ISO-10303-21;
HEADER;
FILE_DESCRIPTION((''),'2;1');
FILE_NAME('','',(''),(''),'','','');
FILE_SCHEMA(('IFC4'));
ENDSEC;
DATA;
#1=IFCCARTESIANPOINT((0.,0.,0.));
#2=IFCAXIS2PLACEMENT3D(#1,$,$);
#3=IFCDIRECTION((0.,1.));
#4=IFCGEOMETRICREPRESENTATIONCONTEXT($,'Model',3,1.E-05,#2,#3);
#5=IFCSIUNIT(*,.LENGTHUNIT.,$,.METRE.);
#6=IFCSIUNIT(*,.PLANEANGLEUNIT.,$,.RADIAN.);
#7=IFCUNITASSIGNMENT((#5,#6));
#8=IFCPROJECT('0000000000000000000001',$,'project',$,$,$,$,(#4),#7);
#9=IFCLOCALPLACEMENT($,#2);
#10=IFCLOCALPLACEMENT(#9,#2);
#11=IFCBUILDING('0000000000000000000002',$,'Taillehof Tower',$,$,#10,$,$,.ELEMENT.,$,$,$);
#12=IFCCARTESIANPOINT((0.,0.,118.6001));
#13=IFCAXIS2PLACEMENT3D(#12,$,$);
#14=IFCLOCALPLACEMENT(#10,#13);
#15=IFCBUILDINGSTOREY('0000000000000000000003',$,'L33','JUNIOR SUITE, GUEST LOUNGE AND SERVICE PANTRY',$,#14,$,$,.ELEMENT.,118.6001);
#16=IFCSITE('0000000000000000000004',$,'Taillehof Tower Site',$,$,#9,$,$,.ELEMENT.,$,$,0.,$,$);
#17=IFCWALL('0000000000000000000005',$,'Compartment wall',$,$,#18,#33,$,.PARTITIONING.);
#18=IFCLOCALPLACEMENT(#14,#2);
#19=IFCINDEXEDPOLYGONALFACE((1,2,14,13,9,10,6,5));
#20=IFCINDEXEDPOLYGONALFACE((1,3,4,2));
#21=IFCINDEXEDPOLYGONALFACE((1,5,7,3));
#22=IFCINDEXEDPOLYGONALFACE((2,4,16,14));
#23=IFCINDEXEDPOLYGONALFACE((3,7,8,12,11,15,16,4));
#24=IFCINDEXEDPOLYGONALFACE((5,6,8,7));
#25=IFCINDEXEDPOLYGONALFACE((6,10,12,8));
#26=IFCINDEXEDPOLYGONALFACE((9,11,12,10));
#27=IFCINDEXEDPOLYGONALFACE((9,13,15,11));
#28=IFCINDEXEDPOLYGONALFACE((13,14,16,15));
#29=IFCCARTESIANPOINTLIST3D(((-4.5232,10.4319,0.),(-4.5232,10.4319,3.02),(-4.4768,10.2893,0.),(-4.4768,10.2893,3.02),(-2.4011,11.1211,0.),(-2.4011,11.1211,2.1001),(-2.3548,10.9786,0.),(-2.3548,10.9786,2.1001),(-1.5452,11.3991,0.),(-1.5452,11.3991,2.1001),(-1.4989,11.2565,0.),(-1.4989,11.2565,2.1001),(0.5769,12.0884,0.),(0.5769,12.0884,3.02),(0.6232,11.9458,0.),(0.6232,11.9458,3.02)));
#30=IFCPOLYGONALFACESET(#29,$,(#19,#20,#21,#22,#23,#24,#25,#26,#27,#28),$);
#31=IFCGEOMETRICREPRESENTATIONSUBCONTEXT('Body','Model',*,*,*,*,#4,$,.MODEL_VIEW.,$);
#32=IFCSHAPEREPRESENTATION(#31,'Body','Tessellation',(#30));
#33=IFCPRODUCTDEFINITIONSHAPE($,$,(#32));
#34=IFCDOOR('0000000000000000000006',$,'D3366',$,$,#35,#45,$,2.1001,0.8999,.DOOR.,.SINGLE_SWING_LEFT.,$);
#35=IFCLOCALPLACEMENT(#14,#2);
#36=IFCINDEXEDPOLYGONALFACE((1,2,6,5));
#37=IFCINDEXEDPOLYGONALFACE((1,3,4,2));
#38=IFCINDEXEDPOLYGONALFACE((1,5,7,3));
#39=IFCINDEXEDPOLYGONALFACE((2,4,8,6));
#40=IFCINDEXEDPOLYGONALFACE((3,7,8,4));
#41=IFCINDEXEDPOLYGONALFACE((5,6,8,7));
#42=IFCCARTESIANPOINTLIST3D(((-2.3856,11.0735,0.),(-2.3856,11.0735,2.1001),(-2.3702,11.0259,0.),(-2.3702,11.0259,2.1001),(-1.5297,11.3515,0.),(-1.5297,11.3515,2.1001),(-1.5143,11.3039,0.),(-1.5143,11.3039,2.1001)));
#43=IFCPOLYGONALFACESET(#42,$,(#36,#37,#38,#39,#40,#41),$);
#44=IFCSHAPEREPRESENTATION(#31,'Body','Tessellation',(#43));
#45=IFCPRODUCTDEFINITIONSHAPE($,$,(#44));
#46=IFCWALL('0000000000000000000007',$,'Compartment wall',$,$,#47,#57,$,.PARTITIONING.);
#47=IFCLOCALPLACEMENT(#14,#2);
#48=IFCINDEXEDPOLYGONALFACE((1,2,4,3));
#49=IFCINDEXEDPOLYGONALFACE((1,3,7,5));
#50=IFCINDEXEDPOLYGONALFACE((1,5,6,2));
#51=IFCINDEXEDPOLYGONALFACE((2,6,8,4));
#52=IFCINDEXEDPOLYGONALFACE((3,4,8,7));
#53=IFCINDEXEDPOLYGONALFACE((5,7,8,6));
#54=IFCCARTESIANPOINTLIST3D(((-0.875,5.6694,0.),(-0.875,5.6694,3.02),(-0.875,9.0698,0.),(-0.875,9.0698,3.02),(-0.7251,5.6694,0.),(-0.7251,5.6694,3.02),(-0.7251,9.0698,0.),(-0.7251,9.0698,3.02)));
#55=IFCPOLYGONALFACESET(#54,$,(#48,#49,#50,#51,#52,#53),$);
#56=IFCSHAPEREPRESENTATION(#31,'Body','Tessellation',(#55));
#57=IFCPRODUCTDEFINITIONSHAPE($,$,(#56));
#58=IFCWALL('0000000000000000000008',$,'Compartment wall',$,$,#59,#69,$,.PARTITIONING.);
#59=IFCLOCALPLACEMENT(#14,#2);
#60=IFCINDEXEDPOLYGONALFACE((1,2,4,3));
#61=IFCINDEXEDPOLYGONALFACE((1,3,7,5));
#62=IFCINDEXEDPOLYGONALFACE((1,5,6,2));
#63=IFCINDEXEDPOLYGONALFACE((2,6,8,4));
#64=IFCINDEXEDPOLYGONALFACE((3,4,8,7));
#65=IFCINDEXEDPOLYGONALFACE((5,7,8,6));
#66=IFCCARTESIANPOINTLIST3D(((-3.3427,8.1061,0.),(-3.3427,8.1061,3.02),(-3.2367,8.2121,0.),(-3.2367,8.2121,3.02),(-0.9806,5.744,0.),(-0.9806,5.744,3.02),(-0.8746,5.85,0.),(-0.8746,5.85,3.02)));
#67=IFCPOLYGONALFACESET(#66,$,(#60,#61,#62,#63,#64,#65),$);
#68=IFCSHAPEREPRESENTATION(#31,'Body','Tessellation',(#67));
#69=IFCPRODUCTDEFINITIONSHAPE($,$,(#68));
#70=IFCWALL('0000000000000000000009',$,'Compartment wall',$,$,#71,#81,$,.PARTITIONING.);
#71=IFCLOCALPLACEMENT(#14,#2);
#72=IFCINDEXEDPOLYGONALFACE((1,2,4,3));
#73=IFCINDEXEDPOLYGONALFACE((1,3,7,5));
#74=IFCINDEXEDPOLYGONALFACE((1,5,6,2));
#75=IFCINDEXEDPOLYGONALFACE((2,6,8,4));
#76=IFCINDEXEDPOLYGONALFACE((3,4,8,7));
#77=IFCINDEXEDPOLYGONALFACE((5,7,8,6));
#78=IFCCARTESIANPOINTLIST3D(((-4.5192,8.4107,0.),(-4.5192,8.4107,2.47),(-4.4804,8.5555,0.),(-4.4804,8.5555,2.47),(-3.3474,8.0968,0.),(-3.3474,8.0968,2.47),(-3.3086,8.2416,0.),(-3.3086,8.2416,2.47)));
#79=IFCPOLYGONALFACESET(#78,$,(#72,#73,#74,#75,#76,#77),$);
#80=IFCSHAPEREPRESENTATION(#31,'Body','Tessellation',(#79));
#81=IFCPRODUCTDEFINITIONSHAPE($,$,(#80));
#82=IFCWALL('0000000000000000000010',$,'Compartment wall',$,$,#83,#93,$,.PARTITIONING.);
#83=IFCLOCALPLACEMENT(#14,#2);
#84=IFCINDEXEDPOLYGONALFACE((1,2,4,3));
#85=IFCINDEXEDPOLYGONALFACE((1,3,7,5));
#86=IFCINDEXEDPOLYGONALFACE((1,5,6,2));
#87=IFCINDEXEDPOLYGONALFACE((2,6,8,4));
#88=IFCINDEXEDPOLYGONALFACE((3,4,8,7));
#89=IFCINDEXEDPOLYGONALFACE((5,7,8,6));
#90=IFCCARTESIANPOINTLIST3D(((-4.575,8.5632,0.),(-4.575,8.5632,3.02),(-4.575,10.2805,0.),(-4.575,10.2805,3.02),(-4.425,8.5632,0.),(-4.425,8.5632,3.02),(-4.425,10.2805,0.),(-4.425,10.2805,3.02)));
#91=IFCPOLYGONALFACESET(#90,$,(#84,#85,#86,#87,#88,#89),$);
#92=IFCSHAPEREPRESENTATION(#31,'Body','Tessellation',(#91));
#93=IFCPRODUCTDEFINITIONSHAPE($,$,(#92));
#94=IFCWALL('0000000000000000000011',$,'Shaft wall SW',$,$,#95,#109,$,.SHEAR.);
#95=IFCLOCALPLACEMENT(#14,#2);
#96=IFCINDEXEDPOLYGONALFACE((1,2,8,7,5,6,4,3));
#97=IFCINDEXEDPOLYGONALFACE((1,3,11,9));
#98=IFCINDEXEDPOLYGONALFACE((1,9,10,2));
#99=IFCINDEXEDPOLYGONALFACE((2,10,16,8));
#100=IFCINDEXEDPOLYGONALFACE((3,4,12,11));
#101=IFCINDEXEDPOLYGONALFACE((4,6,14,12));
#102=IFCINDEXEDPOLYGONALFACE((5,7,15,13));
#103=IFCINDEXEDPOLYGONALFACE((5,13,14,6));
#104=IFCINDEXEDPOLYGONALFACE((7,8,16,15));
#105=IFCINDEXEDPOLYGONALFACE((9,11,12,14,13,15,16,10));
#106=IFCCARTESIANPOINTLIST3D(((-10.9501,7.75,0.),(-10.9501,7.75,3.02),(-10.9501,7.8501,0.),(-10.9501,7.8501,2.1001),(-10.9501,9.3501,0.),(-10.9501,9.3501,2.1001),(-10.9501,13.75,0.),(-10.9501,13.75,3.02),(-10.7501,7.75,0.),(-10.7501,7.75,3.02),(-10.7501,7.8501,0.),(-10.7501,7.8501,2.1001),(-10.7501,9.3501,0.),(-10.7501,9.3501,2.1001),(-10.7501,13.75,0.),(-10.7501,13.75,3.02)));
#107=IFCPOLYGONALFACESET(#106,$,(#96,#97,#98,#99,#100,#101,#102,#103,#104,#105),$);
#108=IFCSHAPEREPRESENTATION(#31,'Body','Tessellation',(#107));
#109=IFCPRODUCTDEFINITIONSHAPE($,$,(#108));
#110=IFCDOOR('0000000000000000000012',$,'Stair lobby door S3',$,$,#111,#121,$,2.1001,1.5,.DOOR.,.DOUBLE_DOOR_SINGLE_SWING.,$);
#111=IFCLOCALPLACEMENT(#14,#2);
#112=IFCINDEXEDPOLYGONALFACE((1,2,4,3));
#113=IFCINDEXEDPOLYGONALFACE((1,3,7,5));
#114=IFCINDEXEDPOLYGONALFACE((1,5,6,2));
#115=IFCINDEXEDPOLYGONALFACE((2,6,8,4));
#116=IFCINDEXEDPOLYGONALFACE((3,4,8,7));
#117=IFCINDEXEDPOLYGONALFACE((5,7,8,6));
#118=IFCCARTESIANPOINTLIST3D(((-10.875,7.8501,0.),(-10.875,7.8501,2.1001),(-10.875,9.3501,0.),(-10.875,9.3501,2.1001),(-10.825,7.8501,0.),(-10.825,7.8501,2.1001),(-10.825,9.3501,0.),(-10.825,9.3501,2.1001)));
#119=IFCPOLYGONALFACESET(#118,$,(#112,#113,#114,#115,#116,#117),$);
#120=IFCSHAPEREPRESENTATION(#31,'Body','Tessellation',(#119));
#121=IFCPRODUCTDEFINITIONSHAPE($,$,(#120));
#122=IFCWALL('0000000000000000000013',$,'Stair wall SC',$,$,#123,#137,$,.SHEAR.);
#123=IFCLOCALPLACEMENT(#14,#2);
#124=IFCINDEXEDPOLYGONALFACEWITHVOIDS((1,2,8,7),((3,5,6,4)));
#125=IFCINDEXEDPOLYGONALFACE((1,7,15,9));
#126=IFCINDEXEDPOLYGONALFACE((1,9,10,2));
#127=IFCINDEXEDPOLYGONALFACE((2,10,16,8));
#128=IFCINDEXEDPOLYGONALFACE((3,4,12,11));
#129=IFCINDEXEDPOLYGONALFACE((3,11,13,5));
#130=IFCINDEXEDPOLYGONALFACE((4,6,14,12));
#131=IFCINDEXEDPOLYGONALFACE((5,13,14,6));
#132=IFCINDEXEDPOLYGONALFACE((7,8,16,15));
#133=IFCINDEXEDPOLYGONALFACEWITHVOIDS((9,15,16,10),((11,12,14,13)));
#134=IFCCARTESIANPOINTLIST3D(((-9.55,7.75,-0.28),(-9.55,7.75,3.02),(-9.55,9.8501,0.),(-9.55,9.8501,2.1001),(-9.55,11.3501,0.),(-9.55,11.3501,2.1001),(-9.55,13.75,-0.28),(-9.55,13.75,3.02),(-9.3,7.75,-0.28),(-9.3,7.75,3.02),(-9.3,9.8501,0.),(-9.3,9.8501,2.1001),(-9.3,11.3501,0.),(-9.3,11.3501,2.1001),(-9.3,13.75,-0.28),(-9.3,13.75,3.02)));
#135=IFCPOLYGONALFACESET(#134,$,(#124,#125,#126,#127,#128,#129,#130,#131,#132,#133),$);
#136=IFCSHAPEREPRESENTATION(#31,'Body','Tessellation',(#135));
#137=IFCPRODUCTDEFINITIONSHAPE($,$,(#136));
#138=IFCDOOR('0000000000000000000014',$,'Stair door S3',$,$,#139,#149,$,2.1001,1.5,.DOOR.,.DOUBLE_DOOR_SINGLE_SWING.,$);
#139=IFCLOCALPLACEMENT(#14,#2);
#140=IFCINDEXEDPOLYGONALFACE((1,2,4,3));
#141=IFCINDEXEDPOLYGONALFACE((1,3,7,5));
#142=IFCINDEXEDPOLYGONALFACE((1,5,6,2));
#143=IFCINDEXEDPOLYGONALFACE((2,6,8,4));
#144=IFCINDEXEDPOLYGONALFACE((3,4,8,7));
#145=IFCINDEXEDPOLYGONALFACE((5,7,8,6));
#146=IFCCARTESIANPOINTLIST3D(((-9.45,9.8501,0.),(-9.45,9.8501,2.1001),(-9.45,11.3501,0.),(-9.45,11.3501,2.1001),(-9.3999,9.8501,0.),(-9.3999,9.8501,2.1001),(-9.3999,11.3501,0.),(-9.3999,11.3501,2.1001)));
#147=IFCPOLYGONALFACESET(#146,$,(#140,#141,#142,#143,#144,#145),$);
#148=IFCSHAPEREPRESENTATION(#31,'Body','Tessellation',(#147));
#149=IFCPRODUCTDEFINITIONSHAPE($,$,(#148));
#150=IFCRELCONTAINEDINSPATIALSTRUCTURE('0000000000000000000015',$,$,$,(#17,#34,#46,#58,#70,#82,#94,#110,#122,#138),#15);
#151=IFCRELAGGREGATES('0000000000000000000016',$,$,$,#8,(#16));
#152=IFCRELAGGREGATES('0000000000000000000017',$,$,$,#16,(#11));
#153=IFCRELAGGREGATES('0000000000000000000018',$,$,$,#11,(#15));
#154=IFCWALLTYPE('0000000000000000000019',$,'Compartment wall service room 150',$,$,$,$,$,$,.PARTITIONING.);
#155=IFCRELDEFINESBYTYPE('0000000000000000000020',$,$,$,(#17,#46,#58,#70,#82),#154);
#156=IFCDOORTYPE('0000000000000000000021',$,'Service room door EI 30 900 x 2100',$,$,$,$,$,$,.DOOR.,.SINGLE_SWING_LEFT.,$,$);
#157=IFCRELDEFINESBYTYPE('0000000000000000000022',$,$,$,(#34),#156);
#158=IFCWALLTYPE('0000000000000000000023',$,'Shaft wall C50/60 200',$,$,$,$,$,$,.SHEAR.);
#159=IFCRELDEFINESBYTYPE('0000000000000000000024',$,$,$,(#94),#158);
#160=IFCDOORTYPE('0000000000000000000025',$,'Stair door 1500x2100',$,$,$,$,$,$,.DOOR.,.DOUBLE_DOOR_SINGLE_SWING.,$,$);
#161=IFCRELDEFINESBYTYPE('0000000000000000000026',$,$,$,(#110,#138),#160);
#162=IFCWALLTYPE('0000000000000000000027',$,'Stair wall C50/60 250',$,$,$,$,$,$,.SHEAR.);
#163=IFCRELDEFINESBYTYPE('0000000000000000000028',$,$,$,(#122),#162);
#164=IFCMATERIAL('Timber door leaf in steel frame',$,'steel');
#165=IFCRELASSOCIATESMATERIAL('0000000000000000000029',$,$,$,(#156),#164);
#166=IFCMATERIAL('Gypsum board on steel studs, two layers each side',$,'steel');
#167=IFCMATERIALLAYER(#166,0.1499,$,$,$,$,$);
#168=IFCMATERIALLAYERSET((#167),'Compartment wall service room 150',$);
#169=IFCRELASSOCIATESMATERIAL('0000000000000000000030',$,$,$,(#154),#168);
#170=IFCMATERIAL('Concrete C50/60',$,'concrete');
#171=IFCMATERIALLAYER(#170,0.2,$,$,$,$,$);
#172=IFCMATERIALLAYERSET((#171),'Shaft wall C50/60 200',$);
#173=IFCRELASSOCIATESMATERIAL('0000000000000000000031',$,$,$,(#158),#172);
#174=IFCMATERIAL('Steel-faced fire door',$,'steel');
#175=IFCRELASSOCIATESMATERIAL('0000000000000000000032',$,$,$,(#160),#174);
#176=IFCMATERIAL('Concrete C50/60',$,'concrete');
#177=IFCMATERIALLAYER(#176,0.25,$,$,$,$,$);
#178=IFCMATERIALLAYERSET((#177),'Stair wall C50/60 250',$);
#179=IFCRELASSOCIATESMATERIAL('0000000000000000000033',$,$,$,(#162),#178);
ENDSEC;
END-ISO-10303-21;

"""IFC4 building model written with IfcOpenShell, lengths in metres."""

from ifc_helpers import new_model, si_unit, direction, frame, frame_2d, origin, place, context, subcontext, project, spatial, rectangle, extrude, material, layer, layer_set, type_object, element, fill, save


model = new_model("IFC4")

# Units and contexts
model_context = context("Model", 3, precision=1e-05, world=origin(), true_north=direction((0.0, 1.0)))
body_context = subcontext(model_context, "Body", "Model", "MODEL_VIEW")
ifc_project = project(units=[si_unit("LENGTHUNIT", "METRE"), si_unit("PLANEANGLEUNIT", "RADIAN")], contexts=[model_context])

# Site, building, storey
site_placement = place(None, origin())
site = spatial("IfcSite", under=ifc_project, at=site_placement, Name="Taillehof Tower Site", CompositionType="ELEMENT", RefElevation=0.0)
building_placement = place(site_placement, origin())
building = spatial("IfcBuilding", under=site, at=building_placement, Name="Taillehof Tower", CompositionType="ELEMENT")
storey_placement = place(building_placement, frame((0.0, 0.0, 118.6001)))
storey = spatial("IfcBuildingStorey", under=building, at=storey_placement, Name="L33", Description="JUNIOR SUITE, GUEST LOUNGE AND SERVICE PANTRY", CompositionType="ELEMENT", Elevation=118.6001)

# Shared definitions
ifc_material_1 = material(Name="Timber door leaf in steel frame", Category="steel")
door_type_1 = type_object("IfcDoorType", Name="Service room door EI 30 900 x 2100", OperationType="SINGLE_SWING_LEFT", PredefinedType="DOOR", material=ifc_material_1)

# Wall, opening, door
ifc_material_2 = material(Name="Gypsum board on steel studs, two layers each side", Category="steel")
ifc_layer_1 = layer(ifc_material_2, 0.1499)
ifc_layer_set_1 = layer_set([ifc_layer_1], Name="Compartment wall service room 150")
wall_type_1 = type_object("IfcWallType", Name="Compartment wall service room 150", PredefinedType="PARTITIONING", material=ifc_layer_set_1)
wall_1_placement = place(storey_placement, frame((-4.5, 10.3606, 0.0), z_axis=(0.0, 0.0, 1.0), x_axis=(0.951091, 0.308911, 0.0)))
wall_1 = element("IfcWall", 1, at=wall_1_placement, inside=storey, type_object=wall_type_1, Name="Compartment wall", PredefinedType="PARTITIONING", context=body_context, shape_type="SweptSolid", body=[
    extrude(rectangle(XDim=5.3623, YDim=0.1499, at=frame_2d((2.6812, 0.0))), origin(), (0.0, 0.0, 1.0), 3.02),
])
opening_1_placement = place(wall_1_placement, frame((2.2312, 0.0, 0.0)))
opening_1 = element("IfcOpeningElement", 2, at=opening_1_placement, cuts=wall_1, PredefinedType="OPENING", context=body_context, shape_type="SweptSolid", body=[
    extrude(rectangle(XDim=0.8999, YDim=2.1001, at=frame_2d((0.45, 1.05))), frame((0.0, 0.085, 0.0), z_axis=(0.0, -1.0, 0.0), x_axis=(1.0, 0.0, 0.0)), (0.0, 0.0, 1.0), 0.1699),
])
door_1_placement = place(opening_1_placement, origin())
door_1 = element("IfcDoor", 3, at=door_1_placement, inside=storey, type_object=door_type_1, Name="D3366", OperationType="SINGLE_SWING_LEFT", OverallHeight=2.1001, OverallWidth=0.8999, PredefinedType="DOOR", context=body_context, shape_type="SweptSolid", body=[
    extrude(rectangle(XDim=0.8999, YDim=2.1001, at=frame_2d((0.45, 1.05))), frame((0.0, 0.0249, 0.0), z_axis=(0.0, -1.0, 0.0), x_axis=(1.0, 0.0, 0.0)), (0.0, 0.0, 1.0), 0.05),
])
fill(opening_1, door_1)

# Walls
wall_2_placement = place(storey_placement, frame((-0.8, 9.0698, 0.0), z_axis=(0.0, 0.0, 1.0), x_axis=(0.0, -1.0, 0.0)))
element("IfcWall", 4, at=wall_2_placement, inside=storey, type_object=wall_type_1, Name="Compartment wall", PredefinedType="PARTITIONING", context=body_context, shape_type="SweptSolid", body=[
    extrude(rectangle(XDim=3.4004, YDim=0.1499, at=frame_2d((1.7002, 0.0))), origin(), (0.0, 0.0, 1.0), 3.02),
])
wall_3_placement = place(storey_placement, frame((-0.9275, 5.7969, 0.0), z_axis=(0.0, 0.0, 1.0), x_axis=(-0.707107, 0.707107, 0.0)))
element("IfcWall", 5, at=wall_3_placement, inside=storey, type_object=wall_type_1, Name="Compartment wall", PredefinedType="PARTITIONING", context=body_context, shape_type="SweptSolid", body=[
    extrude(rectangle(XDim=3.3406, YDim=0.1499, at=frame_2d((1.6704, 0.0))), origin(), (0.0, 0.0, 1.0), 3.02),
])
wall_4_placement = place(storey_placement, frame((-3.3281, 8.1692, 0.0), z_axis=(0.0, 0.0, 1.0), x_axis=(-0.965934, 0.25879, 0.0)))
element("IfcWall", 6, at=wall_4_placement, inside=storey, type_object=wall_type_1, Name="Compartment wall", PredefinedType="PARTITIONING", context=body_context, shape_type="SweptSolid", body=[
    extrude(rectangle(XDim=1.2131, YDim=0.1499, at=frame_2d((0.6064, 0.0))), origin(), (0.0, 0.0, 1.0), 2.47),
])
wall_5_placement = place(storey_placement, frame((-4.5, 8.5632, 0.0), z_axis=(0.0, 0.0, 1.0), x_axis=(0.0, 1.0, 0.0)))
element("IfcWall", 7, at=wall_5_placement, inside=storey, type_object=wall_type_1, Name="Compartment wall", PredefinedType="PARTITIONING", context=body_context, shape_type="SweptSolid", body=[
    extrude(rectangle(XDim=1.7173, YDim=0.1499, at=frame_2d((0.8586, 0.0))), origin(), (0.0, 0.0, 1.0), 3.02),
])

# Walls, openings, doors
ifc_material_3 = material(Name="Concrete C50/60", Category="concrete")
ifc_layer_2 = layer(ifc_material_3, 0.2)
ifc_layer_set_2 = layer_set([ifc_layer_2], Name="Shaft wall C50/60 200")
wall_type_2 = type_object("IfcWallType", Name="Shaft wall C50/60 200", PredefinedType="SHEAR", material=ifc_layer_set_2)
wall_6_placement = place(storey_placement, frame((-10.8501, 7.75, 0.0), z_axis=(0.0, 0.0, 1.0), x_axis=(0.0, 1.0, 0.0)))
wall_6 = element("IfcWall", 8, at=wall_6_placement, inside=storey, type_object=wall_type_2, Name="Shaft wall SW", PredefinedType="SHEAR", context=body_context, shape_type="SweptSolid", body=[
    extrude(rectangle(XDim=6.0, YDim=0.2, at=frame_2d((3.0, 0.0))), origin(), (0.0, 0.0, 1.0), 3.02),
])
opening_2_placement = place(wall_6_placement, frame((0.1001, 0.0, 0.0)))
opening_2 = element("IfcOpeningElement", 9, at=opening_2_placement, cuts=wall_6, PredefinedType="OPENING", context=body_context, shape_type="SweptSolid", body=[
    extrude(rectangle(XDim=1.5, YDim=2.1001, at=frame_2d((0.75, 1.05))), frame((0.0, 0.1099, 0.0), z_axis=(0.0, -1.0, 0.0), x_axis=(1.0, 0.0, 0.0)), (0.0, 0.0, 1.0), 0.22),
])
ifc_material_4 = material(Name="Steel-faced fire door", Category="steel")
door_type_2 = type_object("IfcDoorType", Name="Stair door 1500x2100", OperationType="DOUBLE_DOOR_SINGLE_SWING", PredefinedType="DOOR", material=ifc_material_4)
door_2_placement = place(opening_2_placement, origin())
door_2 = element("IfcDoor", 10, at=door_2_placement, inside=storey, type_object=door_type_2, Name="Stair lobby door S3", OperationType="DOUBLE_DOOR_SINGLE_SWING", OverallHeight=2.1001, OverallWidth=1.5, PredefinedType="DOOR", context=body_context, shape_type="SweptSolid", body=[
    extrude(rectangle(XDim=1.5, YDim=2.1001, at=frame_2d((0.75, 1.05))), frame((0.0, 0.0249, 0.0), z_axis=(0.0, -1.0, 0.0), x_axis=(1.0, 0.0, 0.0)), (0.0, 0.0, 1.0), 0.05),
])
fill(opening_2, door_2)
ifc_material_5 = material(Name="Concrete C50/60", Category="concrete")
ifc_layer_3 = layer(ifc_material_5, 0.25)
ifc_layer_set_3 = layer_set([ifc_layer_3], Name="Stair wall C50/60 250")
wall_type_3 = type_object("IfcWallType", Name="Stair wall C50/60 250", PredefinedType="SHEAR", material=ifc_layer_set_3)
wall_7_placement = place(storey_placement, frame((-9.425, 7.75, -0.28), z_axis=(0.0, 0.0, 1.0), x_axis=(0.0, 1.0, 0.0)))
wall_7 = element("IfcWall", 11, at=wall_7_placement, inside=storey, type_object=wall_type_3, Name="Stair wall SC", PredefinedType="SHEAR", context=body_context, shape_type="SweptSolid", body=[
    extrude(rectangle(XDim=6.0, YDim=0.25, at=frame_2d((3.0, 0.0))), origin(), (0.0, 0.0, 1.0), 3.3),
])
opening_3_placement = place(wall_7_placement, frame((2.1001, 0.0, 0.28)))
opening_3 = element("IfcOpeningElement", 12, at=opening_3_placement, cuts=wall_7, PredefinedType="OPENING", context=body_context, shape_type="SweptSolid", body=[
    extrude(rectangle(XDim=1.5, YDim=2.1001, at=frame_2d((0.75, 1.05))), frame((0.0, 0.135, 0.0), z_axis=(0.0, -1.0, 0.0), x_axis=(1.0, 0.0, 0.0)), (0.0, 0.0, 1.0), 0.27),
])
door_3_placement = place(opening_3_placement, origin())
door_3 = element("IfcDoor", 13, at=door_3_placement, inside=storey, type_object=door_type_2, Name="Stair door S3", OperationType="DOUBLE_DOOR_SINGLE_SWING", OverallHeight=2.1001, OverallWidth=1.5, PredefinedType="DOOR", context=body_context, shape_type="SweptSolid", body=[
    extrude(rectangle(XDim=1.5, YDim=2.1001, at=frame_2d((0.75, 1.05))), frame((0.0, 0.0249, 0.0), z_axis=(0.0, -1.0, 0.0), x_axis=(1.0, 0.0, 0.0)), (0.0, 0.0, 1.0), 0.05),
])
fill(opening_3, door_3)

save(model, "model.ifc")
